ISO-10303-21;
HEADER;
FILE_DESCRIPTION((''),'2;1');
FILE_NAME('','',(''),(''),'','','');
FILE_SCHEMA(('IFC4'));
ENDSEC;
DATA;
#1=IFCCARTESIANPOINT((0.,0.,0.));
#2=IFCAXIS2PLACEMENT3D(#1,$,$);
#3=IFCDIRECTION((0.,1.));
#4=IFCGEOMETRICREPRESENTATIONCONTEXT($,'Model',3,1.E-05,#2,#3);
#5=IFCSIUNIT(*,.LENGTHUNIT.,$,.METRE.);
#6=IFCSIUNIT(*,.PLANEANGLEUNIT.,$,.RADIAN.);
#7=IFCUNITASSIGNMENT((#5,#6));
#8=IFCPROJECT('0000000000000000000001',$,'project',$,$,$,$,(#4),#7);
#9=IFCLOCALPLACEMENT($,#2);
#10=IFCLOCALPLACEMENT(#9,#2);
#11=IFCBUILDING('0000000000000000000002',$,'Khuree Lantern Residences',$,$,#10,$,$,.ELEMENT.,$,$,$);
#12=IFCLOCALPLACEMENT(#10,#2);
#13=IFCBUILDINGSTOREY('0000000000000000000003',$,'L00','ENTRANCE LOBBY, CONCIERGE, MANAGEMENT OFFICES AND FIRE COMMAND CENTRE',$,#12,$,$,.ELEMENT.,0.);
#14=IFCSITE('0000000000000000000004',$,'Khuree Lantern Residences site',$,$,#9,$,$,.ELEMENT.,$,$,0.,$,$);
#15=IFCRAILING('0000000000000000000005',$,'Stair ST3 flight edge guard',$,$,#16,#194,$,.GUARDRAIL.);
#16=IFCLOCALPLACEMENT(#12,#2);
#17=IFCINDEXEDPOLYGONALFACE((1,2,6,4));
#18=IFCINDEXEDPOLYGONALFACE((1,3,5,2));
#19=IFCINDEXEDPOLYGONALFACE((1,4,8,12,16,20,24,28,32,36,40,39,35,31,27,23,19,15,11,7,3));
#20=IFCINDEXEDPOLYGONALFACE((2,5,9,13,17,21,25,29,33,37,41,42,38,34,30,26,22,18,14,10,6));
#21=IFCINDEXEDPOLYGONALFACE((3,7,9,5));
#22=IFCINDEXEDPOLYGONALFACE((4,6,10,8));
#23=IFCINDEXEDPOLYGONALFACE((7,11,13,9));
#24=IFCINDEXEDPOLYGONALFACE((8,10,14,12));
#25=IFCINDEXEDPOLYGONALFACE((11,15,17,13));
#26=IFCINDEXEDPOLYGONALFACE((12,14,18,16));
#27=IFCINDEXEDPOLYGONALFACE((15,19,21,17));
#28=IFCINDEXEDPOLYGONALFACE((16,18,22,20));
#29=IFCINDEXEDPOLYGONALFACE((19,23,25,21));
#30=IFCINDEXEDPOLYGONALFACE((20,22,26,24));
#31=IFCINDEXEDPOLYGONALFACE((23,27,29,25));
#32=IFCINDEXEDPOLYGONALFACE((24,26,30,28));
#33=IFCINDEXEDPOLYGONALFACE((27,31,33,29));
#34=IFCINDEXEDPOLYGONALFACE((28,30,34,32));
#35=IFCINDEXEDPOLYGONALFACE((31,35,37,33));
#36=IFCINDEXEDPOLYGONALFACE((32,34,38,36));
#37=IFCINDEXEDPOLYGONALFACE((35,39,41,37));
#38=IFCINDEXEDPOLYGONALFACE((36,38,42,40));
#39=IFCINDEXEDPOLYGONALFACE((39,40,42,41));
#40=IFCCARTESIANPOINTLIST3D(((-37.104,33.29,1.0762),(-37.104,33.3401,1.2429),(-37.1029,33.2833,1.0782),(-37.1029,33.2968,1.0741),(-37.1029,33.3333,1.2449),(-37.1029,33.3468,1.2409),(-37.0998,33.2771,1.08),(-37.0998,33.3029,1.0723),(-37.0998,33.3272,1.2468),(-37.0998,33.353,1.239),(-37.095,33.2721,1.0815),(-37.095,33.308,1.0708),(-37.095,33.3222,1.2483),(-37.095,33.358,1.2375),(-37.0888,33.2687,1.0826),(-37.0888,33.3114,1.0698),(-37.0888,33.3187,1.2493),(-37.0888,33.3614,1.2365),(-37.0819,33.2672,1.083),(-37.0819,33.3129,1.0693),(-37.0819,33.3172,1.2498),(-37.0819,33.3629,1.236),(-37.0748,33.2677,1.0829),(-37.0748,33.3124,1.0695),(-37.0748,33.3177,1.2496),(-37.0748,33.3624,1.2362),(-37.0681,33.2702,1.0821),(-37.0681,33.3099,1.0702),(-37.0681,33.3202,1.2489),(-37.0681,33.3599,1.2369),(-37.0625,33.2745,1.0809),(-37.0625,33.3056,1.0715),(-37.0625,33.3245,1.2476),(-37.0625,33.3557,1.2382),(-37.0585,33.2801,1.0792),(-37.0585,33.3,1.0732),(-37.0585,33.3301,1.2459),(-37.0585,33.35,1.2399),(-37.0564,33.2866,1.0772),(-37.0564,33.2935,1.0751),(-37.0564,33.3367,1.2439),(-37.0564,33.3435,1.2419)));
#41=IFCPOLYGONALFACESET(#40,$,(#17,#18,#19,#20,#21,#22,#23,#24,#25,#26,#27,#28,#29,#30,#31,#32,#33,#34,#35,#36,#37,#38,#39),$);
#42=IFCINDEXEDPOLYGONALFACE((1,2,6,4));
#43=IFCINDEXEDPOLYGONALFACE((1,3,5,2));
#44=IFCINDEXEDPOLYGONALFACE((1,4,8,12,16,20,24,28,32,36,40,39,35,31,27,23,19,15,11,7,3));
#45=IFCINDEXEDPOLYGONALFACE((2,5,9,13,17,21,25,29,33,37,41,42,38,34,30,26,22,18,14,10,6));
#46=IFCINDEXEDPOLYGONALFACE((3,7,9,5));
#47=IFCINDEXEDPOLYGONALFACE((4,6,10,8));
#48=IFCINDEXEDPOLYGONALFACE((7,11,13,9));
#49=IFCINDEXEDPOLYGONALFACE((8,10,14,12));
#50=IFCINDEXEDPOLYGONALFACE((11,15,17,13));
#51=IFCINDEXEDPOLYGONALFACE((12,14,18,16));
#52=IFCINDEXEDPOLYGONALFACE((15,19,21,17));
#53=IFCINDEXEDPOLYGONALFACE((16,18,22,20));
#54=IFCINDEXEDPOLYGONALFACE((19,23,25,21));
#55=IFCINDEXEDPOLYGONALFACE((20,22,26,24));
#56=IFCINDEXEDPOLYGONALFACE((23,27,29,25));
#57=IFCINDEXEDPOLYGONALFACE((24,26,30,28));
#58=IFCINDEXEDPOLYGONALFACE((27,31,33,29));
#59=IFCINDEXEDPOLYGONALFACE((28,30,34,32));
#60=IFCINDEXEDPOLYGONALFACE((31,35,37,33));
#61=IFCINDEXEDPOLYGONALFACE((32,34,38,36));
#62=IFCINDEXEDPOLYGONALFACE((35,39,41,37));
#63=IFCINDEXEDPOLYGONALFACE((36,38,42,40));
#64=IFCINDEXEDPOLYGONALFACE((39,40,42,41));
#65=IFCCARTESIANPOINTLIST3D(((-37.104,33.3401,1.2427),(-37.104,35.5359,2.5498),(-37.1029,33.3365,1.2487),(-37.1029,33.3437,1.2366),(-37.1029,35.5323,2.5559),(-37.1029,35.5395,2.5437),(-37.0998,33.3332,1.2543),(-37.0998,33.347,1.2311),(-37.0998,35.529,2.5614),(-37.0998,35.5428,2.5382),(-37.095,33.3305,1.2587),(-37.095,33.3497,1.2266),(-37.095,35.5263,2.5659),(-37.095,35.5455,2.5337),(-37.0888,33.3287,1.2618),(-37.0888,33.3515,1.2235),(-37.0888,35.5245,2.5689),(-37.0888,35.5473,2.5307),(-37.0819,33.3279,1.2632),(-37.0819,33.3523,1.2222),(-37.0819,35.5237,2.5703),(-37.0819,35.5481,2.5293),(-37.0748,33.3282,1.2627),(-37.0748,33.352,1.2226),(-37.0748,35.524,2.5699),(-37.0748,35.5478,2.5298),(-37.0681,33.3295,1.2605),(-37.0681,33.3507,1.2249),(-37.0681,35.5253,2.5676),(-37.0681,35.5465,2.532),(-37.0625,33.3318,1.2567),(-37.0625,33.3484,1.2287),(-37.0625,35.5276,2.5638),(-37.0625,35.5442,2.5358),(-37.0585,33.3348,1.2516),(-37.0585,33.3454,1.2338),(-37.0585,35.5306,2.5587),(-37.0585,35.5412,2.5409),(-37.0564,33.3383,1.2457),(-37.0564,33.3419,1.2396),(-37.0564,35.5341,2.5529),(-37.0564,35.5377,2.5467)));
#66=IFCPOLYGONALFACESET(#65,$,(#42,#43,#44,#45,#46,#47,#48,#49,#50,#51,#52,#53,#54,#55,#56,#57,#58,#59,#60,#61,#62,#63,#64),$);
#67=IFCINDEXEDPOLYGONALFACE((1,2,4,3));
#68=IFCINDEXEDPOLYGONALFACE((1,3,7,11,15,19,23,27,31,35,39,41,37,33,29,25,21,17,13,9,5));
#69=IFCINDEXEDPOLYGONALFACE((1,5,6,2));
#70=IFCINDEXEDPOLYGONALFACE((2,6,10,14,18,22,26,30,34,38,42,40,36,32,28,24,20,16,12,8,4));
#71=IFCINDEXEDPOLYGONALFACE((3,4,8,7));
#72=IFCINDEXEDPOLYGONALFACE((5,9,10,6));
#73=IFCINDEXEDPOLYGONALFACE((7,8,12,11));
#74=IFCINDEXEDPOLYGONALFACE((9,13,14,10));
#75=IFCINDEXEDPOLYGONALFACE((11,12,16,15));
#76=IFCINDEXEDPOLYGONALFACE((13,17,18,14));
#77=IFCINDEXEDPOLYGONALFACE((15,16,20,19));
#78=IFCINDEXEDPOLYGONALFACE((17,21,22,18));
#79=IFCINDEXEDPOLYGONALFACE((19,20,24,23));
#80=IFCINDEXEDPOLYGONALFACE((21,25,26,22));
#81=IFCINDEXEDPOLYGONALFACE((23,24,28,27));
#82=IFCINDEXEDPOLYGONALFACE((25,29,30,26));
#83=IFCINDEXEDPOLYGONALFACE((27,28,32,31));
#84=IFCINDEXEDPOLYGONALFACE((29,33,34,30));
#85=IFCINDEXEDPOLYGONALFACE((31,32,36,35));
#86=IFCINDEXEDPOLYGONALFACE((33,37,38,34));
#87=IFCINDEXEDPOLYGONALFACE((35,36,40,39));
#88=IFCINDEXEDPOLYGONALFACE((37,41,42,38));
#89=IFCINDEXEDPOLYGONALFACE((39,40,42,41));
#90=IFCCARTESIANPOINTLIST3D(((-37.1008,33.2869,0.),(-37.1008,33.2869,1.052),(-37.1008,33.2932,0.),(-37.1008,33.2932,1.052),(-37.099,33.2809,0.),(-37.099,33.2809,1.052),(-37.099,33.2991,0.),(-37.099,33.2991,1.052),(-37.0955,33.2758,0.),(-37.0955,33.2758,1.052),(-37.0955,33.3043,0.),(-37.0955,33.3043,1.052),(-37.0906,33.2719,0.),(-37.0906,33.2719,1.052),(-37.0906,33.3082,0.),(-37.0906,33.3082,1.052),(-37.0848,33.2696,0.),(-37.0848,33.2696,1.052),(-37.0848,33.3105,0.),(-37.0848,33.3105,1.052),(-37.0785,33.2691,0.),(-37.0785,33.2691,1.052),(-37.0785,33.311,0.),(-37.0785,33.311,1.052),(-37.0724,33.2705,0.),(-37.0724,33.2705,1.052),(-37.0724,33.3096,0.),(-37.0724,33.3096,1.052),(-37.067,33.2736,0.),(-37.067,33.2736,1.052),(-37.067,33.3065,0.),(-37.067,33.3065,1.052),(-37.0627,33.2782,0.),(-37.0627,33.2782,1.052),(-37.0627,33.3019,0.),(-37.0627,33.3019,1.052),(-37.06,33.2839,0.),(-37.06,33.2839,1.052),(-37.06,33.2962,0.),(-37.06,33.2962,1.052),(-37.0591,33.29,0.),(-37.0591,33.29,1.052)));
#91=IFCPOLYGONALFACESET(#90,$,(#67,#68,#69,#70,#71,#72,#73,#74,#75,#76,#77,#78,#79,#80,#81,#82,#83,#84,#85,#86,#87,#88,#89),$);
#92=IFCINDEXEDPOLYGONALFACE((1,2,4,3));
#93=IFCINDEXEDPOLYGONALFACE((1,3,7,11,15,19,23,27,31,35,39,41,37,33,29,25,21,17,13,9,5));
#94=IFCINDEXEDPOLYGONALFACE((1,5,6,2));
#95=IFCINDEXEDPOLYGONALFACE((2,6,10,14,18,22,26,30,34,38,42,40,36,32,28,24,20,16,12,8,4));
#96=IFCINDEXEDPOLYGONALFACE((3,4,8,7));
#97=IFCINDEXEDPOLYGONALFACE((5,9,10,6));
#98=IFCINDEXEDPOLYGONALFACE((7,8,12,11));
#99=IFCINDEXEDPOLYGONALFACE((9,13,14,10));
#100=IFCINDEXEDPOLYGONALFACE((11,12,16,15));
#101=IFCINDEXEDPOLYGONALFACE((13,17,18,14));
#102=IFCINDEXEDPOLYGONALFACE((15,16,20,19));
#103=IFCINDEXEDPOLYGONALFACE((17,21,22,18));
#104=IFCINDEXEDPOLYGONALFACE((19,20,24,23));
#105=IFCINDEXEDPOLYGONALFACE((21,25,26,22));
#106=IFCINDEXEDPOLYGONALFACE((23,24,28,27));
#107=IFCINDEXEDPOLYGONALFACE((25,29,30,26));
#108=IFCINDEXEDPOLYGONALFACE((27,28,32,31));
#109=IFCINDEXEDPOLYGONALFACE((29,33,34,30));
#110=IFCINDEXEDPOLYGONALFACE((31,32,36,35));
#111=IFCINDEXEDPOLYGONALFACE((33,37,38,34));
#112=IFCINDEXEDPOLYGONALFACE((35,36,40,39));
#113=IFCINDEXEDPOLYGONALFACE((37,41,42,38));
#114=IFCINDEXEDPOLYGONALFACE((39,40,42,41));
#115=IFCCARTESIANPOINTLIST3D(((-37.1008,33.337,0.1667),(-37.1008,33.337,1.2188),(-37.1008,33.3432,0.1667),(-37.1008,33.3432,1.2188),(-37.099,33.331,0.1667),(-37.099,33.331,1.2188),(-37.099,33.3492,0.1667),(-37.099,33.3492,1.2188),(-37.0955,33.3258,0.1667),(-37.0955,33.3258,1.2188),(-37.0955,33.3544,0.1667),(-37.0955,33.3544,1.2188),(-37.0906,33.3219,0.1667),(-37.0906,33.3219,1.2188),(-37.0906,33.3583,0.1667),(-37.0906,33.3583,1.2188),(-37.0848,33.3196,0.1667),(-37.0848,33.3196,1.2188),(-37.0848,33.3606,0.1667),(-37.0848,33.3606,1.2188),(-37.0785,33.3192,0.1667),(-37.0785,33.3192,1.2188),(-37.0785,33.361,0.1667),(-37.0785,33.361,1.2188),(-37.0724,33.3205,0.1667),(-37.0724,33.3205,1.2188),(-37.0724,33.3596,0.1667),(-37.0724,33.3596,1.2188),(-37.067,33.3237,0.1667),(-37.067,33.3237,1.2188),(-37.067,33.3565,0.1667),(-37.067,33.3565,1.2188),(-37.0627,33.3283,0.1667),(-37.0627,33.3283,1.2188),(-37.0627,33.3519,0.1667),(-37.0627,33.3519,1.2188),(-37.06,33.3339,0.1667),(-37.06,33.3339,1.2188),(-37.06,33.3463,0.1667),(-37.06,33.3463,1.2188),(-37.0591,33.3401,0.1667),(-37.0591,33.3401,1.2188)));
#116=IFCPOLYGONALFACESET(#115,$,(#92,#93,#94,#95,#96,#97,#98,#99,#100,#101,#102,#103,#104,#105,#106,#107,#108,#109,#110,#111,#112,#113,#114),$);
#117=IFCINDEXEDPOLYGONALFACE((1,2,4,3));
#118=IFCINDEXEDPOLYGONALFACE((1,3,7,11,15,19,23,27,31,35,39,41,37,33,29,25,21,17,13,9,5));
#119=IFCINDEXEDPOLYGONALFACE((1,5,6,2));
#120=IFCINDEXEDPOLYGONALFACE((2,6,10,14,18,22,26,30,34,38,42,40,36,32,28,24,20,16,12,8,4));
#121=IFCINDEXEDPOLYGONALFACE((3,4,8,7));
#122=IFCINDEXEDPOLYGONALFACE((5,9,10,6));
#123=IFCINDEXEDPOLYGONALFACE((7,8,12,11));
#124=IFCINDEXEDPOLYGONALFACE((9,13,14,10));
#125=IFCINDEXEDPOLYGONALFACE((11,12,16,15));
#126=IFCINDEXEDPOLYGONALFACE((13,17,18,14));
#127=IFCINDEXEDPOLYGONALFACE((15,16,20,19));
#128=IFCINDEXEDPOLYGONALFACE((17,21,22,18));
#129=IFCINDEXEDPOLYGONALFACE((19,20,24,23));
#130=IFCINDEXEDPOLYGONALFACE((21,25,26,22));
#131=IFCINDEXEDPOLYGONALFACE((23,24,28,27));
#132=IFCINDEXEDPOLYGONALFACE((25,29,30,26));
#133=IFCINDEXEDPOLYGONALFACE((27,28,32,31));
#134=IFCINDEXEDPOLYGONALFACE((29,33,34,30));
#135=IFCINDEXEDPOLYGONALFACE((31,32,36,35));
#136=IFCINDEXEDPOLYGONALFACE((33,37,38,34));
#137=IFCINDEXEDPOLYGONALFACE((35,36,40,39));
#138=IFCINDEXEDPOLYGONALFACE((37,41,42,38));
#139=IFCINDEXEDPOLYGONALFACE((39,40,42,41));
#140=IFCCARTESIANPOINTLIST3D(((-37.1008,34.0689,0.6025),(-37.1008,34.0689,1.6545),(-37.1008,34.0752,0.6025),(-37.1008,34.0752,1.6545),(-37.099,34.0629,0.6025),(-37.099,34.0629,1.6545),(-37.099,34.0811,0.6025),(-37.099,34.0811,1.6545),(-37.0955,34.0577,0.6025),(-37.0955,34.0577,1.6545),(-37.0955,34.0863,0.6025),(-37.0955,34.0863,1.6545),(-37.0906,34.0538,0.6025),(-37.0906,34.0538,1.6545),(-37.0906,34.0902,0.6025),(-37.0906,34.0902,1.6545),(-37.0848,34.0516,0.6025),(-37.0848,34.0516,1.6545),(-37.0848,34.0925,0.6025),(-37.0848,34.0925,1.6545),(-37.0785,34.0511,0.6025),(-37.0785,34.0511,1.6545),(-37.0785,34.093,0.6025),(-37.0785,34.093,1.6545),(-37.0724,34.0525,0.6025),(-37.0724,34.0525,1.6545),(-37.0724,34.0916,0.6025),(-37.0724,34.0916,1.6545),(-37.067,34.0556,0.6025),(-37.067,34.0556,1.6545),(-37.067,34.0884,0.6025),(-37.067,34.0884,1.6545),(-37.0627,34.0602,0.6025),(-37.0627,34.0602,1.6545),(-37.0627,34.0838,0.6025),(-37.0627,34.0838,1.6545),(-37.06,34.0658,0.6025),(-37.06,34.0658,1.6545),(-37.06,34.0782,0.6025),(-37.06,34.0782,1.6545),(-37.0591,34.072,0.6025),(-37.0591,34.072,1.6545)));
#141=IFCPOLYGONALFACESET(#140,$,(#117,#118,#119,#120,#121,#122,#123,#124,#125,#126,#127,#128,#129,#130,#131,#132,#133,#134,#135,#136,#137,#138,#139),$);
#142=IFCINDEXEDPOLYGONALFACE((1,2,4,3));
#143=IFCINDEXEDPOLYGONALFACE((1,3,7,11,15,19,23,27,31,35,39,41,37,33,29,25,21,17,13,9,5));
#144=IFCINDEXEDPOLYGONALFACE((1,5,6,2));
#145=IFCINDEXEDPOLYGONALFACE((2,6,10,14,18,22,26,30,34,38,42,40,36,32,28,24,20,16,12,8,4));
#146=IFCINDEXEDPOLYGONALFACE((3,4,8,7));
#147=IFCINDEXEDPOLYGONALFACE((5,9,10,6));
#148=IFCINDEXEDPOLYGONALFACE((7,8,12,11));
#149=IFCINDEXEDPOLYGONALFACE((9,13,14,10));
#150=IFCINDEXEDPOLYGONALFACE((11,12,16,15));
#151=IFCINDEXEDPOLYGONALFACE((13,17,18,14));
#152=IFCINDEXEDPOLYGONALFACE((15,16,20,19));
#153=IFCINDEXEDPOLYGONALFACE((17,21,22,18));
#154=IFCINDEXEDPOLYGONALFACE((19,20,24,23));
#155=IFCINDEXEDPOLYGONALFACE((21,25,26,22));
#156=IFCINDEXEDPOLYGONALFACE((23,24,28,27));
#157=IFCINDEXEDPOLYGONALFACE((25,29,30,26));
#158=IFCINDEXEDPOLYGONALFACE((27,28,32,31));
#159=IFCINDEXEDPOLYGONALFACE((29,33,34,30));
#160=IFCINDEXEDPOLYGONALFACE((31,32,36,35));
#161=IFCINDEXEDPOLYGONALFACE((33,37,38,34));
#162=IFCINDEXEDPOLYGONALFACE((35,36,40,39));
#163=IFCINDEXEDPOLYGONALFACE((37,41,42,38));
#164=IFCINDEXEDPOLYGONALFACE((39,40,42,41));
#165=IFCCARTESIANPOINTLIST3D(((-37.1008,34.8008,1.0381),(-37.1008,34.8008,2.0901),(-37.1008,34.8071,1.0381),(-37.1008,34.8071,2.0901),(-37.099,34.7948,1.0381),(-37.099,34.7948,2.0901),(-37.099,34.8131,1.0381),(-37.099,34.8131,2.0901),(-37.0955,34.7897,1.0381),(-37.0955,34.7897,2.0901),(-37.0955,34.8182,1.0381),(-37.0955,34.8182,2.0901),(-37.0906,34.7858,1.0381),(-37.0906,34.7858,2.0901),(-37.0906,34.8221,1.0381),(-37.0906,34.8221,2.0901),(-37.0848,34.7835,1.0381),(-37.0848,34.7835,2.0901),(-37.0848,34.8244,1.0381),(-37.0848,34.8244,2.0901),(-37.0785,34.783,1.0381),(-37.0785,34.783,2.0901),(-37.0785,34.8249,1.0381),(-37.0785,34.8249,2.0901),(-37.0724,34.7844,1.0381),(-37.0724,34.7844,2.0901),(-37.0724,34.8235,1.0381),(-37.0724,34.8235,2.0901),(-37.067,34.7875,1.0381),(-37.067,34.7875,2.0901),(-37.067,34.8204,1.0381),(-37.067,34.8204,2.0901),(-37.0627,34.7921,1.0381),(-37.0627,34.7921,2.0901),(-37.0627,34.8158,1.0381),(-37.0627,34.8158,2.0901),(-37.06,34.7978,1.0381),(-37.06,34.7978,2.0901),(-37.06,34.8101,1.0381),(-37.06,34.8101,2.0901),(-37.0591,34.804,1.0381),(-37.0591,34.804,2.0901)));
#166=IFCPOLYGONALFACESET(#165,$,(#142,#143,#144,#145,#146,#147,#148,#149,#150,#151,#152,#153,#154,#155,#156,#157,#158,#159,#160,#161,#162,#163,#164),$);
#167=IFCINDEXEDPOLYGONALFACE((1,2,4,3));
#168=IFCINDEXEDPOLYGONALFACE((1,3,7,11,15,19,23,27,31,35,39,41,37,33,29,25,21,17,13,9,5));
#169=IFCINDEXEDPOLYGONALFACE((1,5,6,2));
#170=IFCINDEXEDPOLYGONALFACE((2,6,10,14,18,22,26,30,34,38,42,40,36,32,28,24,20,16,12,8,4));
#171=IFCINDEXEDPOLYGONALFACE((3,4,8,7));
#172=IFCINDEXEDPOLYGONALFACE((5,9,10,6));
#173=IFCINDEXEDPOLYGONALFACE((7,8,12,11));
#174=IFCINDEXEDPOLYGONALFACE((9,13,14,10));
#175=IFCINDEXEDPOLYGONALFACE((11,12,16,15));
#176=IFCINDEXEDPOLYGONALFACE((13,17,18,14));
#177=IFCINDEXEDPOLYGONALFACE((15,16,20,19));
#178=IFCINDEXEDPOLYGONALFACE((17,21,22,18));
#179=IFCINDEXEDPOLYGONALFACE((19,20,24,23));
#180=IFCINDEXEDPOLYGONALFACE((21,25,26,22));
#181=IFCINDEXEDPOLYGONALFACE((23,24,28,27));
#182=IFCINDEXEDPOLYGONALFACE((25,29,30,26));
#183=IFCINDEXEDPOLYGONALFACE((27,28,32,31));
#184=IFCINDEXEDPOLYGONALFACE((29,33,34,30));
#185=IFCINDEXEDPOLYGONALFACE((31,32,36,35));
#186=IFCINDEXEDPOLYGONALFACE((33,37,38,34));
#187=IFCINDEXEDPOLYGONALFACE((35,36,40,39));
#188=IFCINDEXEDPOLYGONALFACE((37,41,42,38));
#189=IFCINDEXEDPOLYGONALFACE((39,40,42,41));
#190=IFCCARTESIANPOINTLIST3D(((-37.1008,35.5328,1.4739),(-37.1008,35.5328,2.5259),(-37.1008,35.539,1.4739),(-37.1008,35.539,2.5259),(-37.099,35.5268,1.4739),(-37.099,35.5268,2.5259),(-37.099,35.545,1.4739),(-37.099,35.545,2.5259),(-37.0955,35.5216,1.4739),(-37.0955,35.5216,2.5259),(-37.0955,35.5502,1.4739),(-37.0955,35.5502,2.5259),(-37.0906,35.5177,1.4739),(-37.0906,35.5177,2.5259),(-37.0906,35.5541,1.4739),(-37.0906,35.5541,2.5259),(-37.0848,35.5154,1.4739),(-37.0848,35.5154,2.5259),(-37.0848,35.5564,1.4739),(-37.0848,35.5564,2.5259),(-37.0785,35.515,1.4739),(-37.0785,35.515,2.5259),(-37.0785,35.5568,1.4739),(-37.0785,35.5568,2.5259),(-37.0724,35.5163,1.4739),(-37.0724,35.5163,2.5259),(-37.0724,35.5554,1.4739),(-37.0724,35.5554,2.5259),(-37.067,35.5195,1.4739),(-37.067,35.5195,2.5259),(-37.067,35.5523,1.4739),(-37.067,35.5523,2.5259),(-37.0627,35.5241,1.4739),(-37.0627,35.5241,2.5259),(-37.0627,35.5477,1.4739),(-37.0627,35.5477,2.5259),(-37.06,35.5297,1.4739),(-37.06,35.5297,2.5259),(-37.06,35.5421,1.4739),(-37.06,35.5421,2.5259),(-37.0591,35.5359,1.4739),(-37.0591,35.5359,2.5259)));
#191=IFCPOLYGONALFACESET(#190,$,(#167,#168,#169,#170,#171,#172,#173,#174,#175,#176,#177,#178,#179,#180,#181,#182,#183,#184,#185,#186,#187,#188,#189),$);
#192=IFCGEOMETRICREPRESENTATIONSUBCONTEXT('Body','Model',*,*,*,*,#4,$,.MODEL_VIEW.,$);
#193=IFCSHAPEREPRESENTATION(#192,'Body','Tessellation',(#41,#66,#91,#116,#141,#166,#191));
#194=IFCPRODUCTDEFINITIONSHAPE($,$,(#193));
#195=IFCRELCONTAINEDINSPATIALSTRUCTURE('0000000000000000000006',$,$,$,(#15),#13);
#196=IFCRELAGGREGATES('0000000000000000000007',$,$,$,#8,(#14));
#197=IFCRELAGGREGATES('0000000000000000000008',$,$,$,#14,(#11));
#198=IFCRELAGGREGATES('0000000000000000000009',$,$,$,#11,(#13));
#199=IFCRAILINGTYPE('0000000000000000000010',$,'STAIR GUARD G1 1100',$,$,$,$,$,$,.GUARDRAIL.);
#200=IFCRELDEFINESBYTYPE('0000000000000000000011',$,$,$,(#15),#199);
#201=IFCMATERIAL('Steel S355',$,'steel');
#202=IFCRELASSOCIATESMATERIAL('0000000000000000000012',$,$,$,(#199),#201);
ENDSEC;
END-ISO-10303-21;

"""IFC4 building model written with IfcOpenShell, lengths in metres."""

from ifc_helpers import new_model, si_unit, direction, frame, origin, origin_2d, place, context, subcontext, project, spatial, circle, extrude, material, type_object, element, save


model = new_model("IFC4")

# Units and contexts
model_context = context("Model", 3, precision=1e-05, world=origin(), true_north=direction((0.0, 1.0)))
body_context = subcontext(model_context, "Body", "Model", "MODEL_VIEW")
ifc_project = project(units=[si_unit("LENGTHUNIT", "METRE"), si_unit("PLANEANGLEUNIT", "RADIAN")], contexts=[model_context])

# Site, building, storey
site_placement = place(None, origin())
site = spatial("IfcSite", under=ifc_project, at=site_placement, Name="Khuree Lantern Residences site", CompositionType="ELEMENT", RefElevation=0.0)
building_placement = place(site_placement, origin())
building = spatial("IfcBuilding", under=site, at=building_placement, Name="Khuree Lantern Residences", CompositionType="ELEMENT")
storey_placement = place(building_placement, origin())
storey = spatial("IfcBuildingStorey", under=building, at=storey_placement, Name="L00", Description="ENTRANCE LOBBY, CONCIERGE, MANAGEMENT OFFICES AND FIRE COMMAND CENTRE", CompositionType="ELEMENT", Elevation=0.0)

# Railing
ifc_material_1 = material(Name="Steel S355", Category="steel")
railing_type_1 = type_object("IfcRailingType", Name="STAIR GUARD G1 1100", PredefinedType="GUARDRAIL", material=ifc_material_1)
railing_1_placement = place(storey_placement, frame((-37.0801, 33.29, 0.0)))
element("IfcRailing", 1, at=railing_1_placement, inside=storey, type_object=railing_type_1, Name="Stair ST3 flight edge guard", PredefinedType="GUARDRAIL", context=body_context, shape_type="SweptSolid", body=[
    extrude(circle(Radius=0.0239, at=origin_2d()), frame((0.0, 0.0, 1.0762), z_axis=(0.0, 0.287477, 0.957788), x_axis=(-1.0, 0.0, 0.0)), (0.0, 0.0, 1.0), 0.1741),
    extrude(circle(Radius=0.0239, at=origin_2d()), frame((0.0, 0.05, 1.2427), z_axis=(0.0, 0.859275, 0.511514), x_axis=(-1.0, 0.0, 0.0)), (0.0, 0.0, 1.0), 2.5554),
    extrude(circle(Radius=0.021, at=origin_2d()), origin(), (0.0, 0.0, 1.0), 1.052),
    extrude(circle(Radius=0.021, at=origin_2d()), frame((0.0, 0.05, 0.1667)), (0.0, 0.0, 1.0), 1.052),
    extrude(circle(Radius=0.021, at=origin_2d()), frame((0.0, 0.782, 0.6025)), (0.0, 0.0, 1.0), 1.052),
    extrude(circle(Radius=0.021, at=origin_2d()), frame((0.0, 1.5139, 1.0381)), (0.0, 0.0, 1.0), 1.052),
    extrude(circle(Radius=0.021, at=origin_2d()), frame((0.0, 2.2458, 1.4739)), (0.0, 0.0, 1.0), 1.052),
])

save(model, "model.ifc")
